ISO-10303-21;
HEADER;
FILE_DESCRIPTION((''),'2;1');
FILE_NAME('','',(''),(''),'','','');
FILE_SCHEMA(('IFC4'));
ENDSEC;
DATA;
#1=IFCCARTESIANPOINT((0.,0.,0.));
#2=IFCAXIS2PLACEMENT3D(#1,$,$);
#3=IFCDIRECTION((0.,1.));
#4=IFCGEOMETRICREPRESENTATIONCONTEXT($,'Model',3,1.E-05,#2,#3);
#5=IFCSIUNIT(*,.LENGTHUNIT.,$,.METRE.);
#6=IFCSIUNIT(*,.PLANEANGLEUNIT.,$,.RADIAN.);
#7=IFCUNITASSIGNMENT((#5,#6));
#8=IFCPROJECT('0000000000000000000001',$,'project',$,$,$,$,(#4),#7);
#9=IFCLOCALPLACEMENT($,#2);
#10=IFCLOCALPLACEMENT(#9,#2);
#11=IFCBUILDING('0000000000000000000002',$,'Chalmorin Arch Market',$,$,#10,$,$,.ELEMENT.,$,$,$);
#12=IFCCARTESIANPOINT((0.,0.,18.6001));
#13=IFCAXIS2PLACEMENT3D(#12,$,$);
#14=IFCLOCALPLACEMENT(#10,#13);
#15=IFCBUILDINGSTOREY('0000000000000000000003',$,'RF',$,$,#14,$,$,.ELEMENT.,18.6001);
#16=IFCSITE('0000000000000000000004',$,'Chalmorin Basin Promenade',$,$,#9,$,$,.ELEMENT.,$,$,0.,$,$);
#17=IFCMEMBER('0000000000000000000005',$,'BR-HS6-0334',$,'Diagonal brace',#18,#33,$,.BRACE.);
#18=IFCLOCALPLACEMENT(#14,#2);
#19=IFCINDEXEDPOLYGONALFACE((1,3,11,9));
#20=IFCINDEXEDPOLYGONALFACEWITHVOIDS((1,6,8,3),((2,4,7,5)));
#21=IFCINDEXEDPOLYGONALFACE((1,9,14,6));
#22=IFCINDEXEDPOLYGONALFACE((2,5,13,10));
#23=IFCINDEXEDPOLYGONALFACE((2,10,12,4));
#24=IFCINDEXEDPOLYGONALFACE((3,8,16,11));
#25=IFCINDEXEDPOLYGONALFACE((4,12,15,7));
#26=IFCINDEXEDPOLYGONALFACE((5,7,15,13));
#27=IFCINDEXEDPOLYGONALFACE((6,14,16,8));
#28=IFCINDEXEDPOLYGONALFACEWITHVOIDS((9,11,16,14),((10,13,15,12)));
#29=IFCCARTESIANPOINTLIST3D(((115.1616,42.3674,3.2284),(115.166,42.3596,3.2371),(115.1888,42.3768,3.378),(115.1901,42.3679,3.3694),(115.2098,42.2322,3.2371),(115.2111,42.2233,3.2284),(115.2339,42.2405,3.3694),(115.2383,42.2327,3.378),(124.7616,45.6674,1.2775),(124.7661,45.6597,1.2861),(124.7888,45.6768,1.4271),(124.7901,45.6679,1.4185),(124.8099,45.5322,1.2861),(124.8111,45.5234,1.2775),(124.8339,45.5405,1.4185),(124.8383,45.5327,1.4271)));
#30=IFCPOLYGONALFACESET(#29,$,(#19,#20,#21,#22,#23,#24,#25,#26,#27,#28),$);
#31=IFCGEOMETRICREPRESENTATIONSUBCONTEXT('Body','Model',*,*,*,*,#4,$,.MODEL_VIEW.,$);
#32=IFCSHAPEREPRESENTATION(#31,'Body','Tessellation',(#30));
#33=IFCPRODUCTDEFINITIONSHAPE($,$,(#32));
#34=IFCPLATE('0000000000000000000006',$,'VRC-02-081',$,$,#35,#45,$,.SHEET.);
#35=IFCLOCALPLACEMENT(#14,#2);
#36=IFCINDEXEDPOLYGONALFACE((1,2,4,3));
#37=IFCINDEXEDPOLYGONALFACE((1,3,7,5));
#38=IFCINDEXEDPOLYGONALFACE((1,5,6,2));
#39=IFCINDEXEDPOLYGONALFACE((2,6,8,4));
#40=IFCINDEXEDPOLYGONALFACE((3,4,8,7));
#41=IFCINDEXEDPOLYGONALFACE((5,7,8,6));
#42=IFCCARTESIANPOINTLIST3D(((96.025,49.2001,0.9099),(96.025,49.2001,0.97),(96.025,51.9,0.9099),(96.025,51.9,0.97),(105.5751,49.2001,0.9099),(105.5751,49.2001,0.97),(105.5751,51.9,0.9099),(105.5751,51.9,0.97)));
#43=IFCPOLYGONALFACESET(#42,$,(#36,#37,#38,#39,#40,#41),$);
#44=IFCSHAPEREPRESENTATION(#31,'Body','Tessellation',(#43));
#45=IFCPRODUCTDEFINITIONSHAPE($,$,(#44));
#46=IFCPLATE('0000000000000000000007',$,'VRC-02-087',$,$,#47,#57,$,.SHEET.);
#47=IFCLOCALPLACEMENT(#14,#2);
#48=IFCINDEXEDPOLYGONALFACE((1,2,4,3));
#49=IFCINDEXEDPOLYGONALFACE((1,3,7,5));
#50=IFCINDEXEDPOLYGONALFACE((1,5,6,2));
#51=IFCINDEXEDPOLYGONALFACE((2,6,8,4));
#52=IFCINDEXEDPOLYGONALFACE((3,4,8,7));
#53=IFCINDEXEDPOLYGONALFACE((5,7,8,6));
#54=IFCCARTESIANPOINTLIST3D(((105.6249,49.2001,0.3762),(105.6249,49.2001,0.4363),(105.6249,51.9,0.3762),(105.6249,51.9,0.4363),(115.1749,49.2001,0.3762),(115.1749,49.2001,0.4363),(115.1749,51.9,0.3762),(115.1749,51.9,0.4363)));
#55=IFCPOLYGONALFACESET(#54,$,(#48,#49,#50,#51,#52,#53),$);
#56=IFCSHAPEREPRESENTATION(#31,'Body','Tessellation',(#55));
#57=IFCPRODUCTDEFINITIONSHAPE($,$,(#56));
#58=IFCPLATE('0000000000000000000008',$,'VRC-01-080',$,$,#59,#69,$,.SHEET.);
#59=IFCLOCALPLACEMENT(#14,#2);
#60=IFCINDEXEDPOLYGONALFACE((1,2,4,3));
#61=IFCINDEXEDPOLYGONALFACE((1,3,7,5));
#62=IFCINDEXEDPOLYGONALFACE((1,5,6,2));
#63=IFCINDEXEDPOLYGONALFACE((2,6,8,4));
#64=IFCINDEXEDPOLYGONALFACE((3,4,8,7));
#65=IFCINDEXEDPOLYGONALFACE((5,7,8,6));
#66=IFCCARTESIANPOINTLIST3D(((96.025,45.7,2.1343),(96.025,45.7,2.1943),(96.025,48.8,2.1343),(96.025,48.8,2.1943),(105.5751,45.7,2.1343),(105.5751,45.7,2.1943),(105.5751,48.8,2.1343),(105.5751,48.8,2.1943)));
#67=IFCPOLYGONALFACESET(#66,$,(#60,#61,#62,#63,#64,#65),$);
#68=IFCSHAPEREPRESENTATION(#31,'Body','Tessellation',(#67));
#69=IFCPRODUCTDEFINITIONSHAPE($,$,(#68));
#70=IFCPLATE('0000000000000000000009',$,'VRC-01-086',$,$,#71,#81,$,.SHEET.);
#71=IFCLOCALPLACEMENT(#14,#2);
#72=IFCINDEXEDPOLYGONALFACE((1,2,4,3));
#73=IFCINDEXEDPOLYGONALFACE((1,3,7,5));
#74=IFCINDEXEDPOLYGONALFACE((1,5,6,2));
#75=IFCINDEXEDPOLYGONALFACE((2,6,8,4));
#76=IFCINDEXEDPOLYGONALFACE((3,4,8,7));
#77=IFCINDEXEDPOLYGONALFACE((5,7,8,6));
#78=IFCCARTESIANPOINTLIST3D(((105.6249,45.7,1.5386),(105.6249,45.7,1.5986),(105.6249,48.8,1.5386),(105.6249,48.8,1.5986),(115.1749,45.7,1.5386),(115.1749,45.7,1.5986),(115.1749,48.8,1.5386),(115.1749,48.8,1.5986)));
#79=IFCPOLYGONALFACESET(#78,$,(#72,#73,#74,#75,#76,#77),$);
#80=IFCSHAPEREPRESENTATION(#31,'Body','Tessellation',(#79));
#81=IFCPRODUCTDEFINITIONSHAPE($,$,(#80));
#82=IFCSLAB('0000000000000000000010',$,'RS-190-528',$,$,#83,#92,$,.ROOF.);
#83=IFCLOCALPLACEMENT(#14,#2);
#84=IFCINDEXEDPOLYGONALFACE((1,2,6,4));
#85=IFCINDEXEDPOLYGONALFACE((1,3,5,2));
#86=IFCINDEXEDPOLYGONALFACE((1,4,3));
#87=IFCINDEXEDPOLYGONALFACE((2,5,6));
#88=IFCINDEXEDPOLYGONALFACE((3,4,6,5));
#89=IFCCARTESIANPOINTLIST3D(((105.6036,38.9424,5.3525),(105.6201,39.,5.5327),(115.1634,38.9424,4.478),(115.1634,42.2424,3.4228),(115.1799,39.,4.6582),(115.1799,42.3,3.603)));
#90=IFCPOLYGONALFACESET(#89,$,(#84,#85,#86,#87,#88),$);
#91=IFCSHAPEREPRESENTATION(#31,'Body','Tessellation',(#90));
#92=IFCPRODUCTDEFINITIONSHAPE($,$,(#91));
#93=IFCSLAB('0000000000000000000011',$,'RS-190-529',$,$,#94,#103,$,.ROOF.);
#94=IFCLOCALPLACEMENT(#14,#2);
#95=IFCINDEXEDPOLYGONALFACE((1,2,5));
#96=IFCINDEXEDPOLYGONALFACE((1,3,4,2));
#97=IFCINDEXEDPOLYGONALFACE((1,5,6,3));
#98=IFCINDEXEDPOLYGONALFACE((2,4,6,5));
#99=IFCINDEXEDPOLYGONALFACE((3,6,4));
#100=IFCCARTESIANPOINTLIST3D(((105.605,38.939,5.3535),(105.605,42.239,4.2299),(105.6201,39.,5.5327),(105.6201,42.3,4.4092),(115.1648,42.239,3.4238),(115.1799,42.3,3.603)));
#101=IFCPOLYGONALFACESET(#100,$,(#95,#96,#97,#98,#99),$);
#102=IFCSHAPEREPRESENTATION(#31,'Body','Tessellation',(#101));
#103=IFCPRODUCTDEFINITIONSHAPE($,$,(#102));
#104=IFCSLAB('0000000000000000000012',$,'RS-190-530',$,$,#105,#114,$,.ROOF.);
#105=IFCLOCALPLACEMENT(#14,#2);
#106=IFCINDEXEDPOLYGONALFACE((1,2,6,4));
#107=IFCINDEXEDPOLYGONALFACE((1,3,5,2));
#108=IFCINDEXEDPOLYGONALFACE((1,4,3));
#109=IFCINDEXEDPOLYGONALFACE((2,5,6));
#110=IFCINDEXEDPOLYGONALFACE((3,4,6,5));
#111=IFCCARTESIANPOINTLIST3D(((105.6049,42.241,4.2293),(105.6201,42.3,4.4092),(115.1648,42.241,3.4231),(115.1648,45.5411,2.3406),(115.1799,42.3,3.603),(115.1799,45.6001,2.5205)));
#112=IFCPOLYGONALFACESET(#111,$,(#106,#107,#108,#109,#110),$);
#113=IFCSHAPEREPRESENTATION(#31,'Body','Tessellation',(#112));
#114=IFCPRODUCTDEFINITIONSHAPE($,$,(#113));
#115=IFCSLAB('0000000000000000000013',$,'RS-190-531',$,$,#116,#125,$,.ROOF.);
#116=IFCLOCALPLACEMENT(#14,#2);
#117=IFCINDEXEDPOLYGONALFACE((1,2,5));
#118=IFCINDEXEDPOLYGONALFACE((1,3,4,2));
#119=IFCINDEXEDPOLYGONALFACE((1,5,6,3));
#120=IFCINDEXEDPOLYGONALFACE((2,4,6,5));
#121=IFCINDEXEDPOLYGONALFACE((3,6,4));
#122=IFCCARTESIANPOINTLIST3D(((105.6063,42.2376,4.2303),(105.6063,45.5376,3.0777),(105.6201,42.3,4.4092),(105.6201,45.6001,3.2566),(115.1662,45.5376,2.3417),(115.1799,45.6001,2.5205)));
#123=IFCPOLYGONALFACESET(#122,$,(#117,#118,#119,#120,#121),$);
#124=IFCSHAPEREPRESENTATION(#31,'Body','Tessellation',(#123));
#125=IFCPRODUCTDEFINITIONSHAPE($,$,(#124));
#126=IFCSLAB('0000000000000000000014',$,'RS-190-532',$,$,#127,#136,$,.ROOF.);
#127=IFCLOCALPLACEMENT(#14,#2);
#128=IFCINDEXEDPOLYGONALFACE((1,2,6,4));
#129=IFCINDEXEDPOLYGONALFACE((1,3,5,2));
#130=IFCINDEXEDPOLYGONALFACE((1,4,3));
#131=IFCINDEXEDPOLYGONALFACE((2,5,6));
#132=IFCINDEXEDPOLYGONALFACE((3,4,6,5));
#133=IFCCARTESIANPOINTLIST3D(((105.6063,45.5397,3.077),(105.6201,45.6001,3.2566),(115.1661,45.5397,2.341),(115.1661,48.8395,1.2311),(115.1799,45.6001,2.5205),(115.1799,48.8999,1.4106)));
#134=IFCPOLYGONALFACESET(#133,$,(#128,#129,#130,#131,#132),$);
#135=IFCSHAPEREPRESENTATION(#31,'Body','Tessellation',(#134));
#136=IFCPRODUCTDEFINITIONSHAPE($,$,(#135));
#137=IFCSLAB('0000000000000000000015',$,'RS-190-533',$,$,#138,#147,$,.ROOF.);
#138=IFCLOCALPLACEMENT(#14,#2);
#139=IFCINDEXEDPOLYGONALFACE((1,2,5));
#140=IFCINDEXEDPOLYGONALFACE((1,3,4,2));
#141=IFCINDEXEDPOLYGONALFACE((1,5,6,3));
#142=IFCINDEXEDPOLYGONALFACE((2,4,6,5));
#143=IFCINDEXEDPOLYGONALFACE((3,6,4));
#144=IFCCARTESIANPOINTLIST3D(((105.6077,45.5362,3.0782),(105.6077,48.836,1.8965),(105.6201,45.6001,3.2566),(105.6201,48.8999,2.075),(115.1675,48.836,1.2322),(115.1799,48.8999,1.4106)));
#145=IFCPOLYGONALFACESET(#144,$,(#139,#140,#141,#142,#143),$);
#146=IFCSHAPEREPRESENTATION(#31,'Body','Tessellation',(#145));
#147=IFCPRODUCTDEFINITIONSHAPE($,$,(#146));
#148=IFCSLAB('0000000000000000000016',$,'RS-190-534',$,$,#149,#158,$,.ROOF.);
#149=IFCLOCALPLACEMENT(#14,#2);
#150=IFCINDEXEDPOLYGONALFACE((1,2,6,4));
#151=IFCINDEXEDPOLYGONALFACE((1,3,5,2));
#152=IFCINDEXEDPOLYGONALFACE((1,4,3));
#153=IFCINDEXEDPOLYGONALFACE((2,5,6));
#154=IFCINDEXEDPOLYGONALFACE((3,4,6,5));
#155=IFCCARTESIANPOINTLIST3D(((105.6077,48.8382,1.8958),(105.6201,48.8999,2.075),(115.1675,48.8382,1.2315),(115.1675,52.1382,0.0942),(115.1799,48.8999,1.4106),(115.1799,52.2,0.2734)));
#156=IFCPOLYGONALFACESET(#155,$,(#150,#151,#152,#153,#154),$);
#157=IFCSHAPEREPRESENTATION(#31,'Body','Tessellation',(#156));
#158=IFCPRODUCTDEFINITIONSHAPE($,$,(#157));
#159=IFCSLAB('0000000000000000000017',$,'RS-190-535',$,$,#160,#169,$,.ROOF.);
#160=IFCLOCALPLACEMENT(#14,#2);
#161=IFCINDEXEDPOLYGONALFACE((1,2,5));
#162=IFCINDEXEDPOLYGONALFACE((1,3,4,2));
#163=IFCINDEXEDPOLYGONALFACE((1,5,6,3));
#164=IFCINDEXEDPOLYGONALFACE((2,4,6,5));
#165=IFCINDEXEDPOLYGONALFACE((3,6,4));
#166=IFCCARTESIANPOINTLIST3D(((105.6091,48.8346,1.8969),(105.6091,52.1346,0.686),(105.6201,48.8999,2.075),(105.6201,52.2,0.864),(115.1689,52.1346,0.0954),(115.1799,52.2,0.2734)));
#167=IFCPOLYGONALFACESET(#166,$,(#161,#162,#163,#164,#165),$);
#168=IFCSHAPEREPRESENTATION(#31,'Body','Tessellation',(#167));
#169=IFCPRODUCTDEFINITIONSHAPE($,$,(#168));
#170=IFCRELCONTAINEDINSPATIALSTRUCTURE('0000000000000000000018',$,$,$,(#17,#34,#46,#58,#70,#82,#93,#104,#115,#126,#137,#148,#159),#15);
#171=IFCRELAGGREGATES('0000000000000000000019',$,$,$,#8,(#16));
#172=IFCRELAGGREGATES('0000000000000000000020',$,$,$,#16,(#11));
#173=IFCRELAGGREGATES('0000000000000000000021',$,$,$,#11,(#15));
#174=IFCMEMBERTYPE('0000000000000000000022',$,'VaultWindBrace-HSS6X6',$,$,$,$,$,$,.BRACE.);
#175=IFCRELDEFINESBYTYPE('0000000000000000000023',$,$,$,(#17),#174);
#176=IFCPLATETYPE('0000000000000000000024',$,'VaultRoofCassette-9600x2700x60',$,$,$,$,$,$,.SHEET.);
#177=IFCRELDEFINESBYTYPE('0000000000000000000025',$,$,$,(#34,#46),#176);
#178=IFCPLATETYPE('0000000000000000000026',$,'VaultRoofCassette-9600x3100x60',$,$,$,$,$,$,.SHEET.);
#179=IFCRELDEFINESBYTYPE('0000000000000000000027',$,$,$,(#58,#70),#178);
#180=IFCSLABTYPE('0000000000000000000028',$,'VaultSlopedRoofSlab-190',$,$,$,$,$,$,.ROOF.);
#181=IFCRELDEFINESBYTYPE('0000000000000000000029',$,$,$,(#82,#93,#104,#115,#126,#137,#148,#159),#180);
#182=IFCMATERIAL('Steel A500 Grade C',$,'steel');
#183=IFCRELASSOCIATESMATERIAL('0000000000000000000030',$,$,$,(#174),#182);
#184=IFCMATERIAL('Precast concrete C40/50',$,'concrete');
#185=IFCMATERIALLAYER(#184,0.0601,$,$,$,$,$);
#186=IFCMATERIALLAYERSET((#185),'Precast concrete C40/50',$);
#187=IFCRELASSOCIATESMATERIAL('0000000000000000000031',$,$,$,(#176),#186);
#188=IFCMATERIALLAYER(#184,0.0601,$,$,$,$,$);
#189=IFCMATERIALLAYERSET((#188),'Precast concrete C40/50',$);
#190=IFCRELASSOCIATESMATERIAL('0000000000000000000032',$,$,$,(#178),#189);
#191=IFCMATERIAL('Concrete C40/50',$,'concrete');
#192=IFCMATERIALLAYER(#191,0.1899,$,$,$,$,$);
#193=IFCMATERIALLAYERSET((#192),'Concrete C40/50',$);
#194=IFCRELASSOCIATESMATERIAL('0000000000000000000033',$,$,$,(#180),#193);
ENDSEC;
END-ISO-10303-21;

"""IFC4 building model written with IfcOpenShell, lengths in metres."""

from ifc_helpers import new_model, si_unit, direction, frame, origin, origin_2d, place, context, subcontext, project, spatial, polyline, rectangle, hollow_rectangle, outline, extrude, material, layer, layer_set, material_profile, profile_set, type_object, element, save


model = new_model("IFC4")

# Units and contexts
model_context = context("Model", 3, precision=1e-05, world=origin(), true_north=direction((0.0, 1.0)))
body_context = subcontext(model_context, "Body", "Model", "MODEL_VIEW")
ifc_project = project(units=[si_unit("LENGTHUNIT", "METRE"), si_unit("PLANEANGLEUNIT", "RADIAN")], contexts=[model_context])

# Site, building, storey
site_placement = place(None, origin())
site = spatial("IfcSite", under=ifc_project, at=site_placement, Name="Chalmorin Basin Promenade", CompositionType="ELEMENT", RefElevation=0.0)
building_placement = place(site_placement, origin())
building = spatial("IfcBuilding", under=site, at=building_placement, Name="Chalmorin Arch Market", CompositionType="ELEMENT")
storey_placement = place(building_placement, frame((0.0, 0.0, 18.6001)))
storey = spatial("IfcBuildingStorey", under=building, at=storey_placement, Name="RF", CompositionType="ELEMENT", Elevation=18.6001)

# Shared definitions
ifc_material_1 = material(Name="Steel A500 Grade C", Category="steel")

# Member
ifc_material_profile_1 = material_profile(ifc_material_1, hollow_rectangle(XDim=0.1523, YDim=0.1523, WallThickness=0.0088, at=origin_2d()), Name="HSS6X6X3/8")
ifc_profile_set_1 = profile_set([ifc_material_profile_1], Name="Steel A500 Grade C")
member_type_1 = type_object("IfcMemberType", Name="VaultWindBrace-HSS6X6", PredefinedType="BRACE", material=ifc_profile_set_1)
member_1_placement = place(storey_placement, frame((115.2, 42.3, 3.3032), z_axis=(0.928692, 0.319239, -0.188728), x_axis=(-0.325081, 0.945686, 0.0)))
element("IfcMember", 1, at=member_1_placement, inside=storey, type_object=member_type_1, Name="BR-HS6-0334", ObjectType="Diagonal brace", PredefinedType="BRACE", context=body_context, shape_type="SweptSolid", body=[
    extrude(hollow_rectangle(XDim=0.1523, YDim=0.1523, WallThickness=0.0088, at=origin_2d()), origin(), (0.0, 0.0, 1.0), 10.3372),
])

# Plates
ifc_material_2 = material(Name="Precast concrete C40/50", Category="concrete")
ifc_layer_1 = layer(ifc_material_2, 0.0601)
ifc_layer_set_1 = layer_set([ifc_layer_1], Name="Precast concrete C40/50")
plate_type_1 = type_object("IfcPlateType", Name="VaultRoofCassette-9600x2700x60", PredefinedType="SHEET", material=ifc_layer_set_1)
for number, where, z_axis, x_axis, name in (
    (2, (100.8, 50.55, 0.9099), (0.0, 0.0, 1.0), (1.0, 0.0, 0.0), "VRC-02-081"),
    (3, (110.3999, 50.55, 0.3762), (0.0, 0.0, 1.0), (1.0, 0.0, 0.0), "VRC-02-087"),
):
    element("IfcPlate", number, at=place(storey_placement, frame(where, z_axis=z_axis, x_axis=x_axis)), inside=storey, type_object=plate_type_1, Name=name, PredefinedType="SHEET", context=body_context, shape_type="SweptSolid", body=[
        extrude(rectangle(XDim=9.55, YDim=2.7, at=origin_2d()), origin(), (0.0, 0.0, 1.0), 0.0601),
    ])
ifc_layer_2 = layer(ifc_material_2, 0.0601)
ifc_layer_set_2 = layer_set([ifc_layer_2], Name="Precast concrete C40/50")
plate_type_2 = type_object("IfcPlateType", Name="VaultRoofCassette-9600x3100x60", PredefinedType="SHEET", material=ifc_layer_set_2)
for number, where, z_axis, x_axis, name in (
    (4, (100.8, 47.25, 2.1343), (0.0, 0.0, 1.0), (1.0, 0.0, 0.0), "VRC-01-080"),
    (5, (110.3999, 47.25, 1.5386), (0.0, 0.0, 1.0), (1.0, 0.0, 0.0), "VRC-01-086"),
):
    element("IfcPlate", number, at=place(storey_placement, frame(where, z_axis=z_axis, x_axis=x_axis)), inside=storey, type_object=plate_type_2, Name=name, PredefinedType="SHEET", context=body_context, shape_type="SweptSolid", body=[
        extrude(rectangle(XDim=9.55, YDim=3.1001, at=origin_2d()), origin(), (0.0, 0.0, 1.0), 0.0601),
    ])

# Slabs
ifc_material_3 = material(Name="Concrete C40/50", Category="concrete")
ifc_layer_3 = layer(ifc_material_3, 0.1899)
ifc_layer_set_3 = layer_set([ifc_layer_3], Name="Concrete C40/50")
slab_type = type_object("IfcSlabType", Name="VaultSlopedRoofSlab-190", PredefinedType="ROOF", material=ifc_layer_set_3)
slab_1_placement = place(storey_placement, frame((105.6201, 39.0, 5.5327), z_axis=(0.086803, 0.303406, 0.948899), x_axis=(0.995842, 0.0, -0.091098)))
element("IfcSlab", 6, at=slab_1_placement, inside=storey, type_object=slab_type, Name="RS-190-528", PredefinedType="ROOF", context=body_context, shape_type="SweptSolid", body=[
    extrude(outline(polyline([(0.0, 0.0), (9.5997, 0.0), (9.6959, 3.4633), (0.0, 0.0)])), origin(), (0.0, 0.0, -1.0), 0.1899),
])
slab_2_placement = place(storey_placement, frame((105.6201, 39.0, 5.5327), z_axis=(0.079574, 0.321271, 0.943638), x_axis=(0.928513, 0.320523, -0.187424)))
element("IfcSlab", 7, at=slab_2_placement, inside=storey, type_object=slab_type, Name="RS-190-529", PredefinedType="ROOF", context=body_context, shape_type="SweptSolid", body=[
    extrude(outline(polyline([(0.0, 0.0), (10.2958, 0.0), (1.2683, 3.2472), (0.0, 0.0)])), origin(), (0.0, 0.0, -1.0), 0.1899),
])
slab_3_placement = place(storey_placement, frame((105.6201, 42.3, 4.4092), z_axis=(0.07987, 0.310694, 0.947148), x_axis=(0.996463, 0.0, -0.084029)))
element("IfcSlab", 8, at=slab_3_placement, inside=storey, type_object=slab_type, Name="RS-190-530", PredefinedType="ROOF", context=body_context, shape_type="SweptSolid", body=[
    extrude(outline(polyline([(0.0, 0.0), (9.5937, 0.0), (9.6847, 3.4719), (0.0, 0.0)])), origin(), (0.0, 0.0, -1.0), 0.1899),
])
slab_4_placement = place(storey_placement, frame((105.6201, 42.3, 4.4092), z_axis=(0.0725, 0.328864, 0.94159), x_axis=(0.9292, 0.32076, -0.183576)))
element("IfcSlab", 9, at=slab_4_placement, inside=storey, type_object=slab_type, Name="RS-190-531", PredefinedType="ROOF", context=body_context, shape_type="SweptSolid", body=[
    extrude(outline(polyline([(0.0, 0.0), (10.2882, 0.0), (1.2701, 3.2566), (0.0, 0.0)])), origin(), (0.0, 0.0, -1.0), 0.1899),
])
slab_5_placement = place(storey_placement, frame((105.6201, 45.6001, 3.2566), z_axis=(0.072787, 0.317948, 0.94531), x_axis=(0.997049, 0.0, -0.07677)))
element("IfcSlab", 10, at=slab_5_placement, inside=storey, type_object=slab_type, Name="RS-190-532", PredefinedType="ROOF", context=body_context, shape_type="SweptSolid", body=[
    extrude(outline(polyline([(0.0, 0.0), (9.5881, 0.0), (9.6733, 3.4804), (0.0, 0.0)])), origin(), (0.0, 0.0, -1.0), 0.1899),
])
slab_6_placement = place(storey_placement, frame((105.6201, 45.6001, 3.2566), z_axis=(0.065282, 0.336411, 0.93945), x_axis=(0.929908, 0.320981, -0.17956)))
element("IfcSlab", 11, at=slab_6_placement, inside=storey, type_object=slab_type, Name="RS-190-533", PredefinedType="ROOF", context=body_context, shape_type="SweptSolid", body=[
    extrude(outline(polyline([(0.0, 0.0), (10.2804, 0.0), (1.2713, 3.2663), (0.0, 0.0)])), origin(), (0.0, 0.0, -1.0), 0.1899),
])
slab_7_placement = place(storey_placement, frame((105.6201, 48.8999, 2.075), z_axis=(0.065557, 0.3251, 0.943405), x_axis=(0.997594, 0.0, -0.069322)))
element("IfcSlab", 12, at=slab_7_placement, inside=storey, type_object=slab_type, Name="RS-190-534", PredefinedType="ROOF", context=body_context, shape_type="SweptSolid", body=[
    extrude(outline(polyline([(0.0, 0.0), (9.5829, 0.0), (9.6617, 3.4896), (0.0, 0.0)])), origin(), (0.0, 0.0, -1.0), 0.1899),
])
slab_8_placement = place(storey_placement, frame((105.6201, 48.8999, 2.075), z_axis=(0.057898, 0.343907, 0.937217), x_axis=(0.930615, 0.321248, -0.175371)))
element("IfcSlab", 13, at=slab_8_placement, inside=storey, type_object=slab_type, Name="RS-190-535", PredefinedType="ROOF", context=body_context, shape_type="SweptSolid", body=[
    extrude(outline(polyline([(0.0, 0.0), (10.2726, 0.0), (1.2725, 3.2768), (0.0, 0.0)])), origin(), (0.0, 0.0, -1.0), 0.1899),
])

save(model, "model.ifc")
